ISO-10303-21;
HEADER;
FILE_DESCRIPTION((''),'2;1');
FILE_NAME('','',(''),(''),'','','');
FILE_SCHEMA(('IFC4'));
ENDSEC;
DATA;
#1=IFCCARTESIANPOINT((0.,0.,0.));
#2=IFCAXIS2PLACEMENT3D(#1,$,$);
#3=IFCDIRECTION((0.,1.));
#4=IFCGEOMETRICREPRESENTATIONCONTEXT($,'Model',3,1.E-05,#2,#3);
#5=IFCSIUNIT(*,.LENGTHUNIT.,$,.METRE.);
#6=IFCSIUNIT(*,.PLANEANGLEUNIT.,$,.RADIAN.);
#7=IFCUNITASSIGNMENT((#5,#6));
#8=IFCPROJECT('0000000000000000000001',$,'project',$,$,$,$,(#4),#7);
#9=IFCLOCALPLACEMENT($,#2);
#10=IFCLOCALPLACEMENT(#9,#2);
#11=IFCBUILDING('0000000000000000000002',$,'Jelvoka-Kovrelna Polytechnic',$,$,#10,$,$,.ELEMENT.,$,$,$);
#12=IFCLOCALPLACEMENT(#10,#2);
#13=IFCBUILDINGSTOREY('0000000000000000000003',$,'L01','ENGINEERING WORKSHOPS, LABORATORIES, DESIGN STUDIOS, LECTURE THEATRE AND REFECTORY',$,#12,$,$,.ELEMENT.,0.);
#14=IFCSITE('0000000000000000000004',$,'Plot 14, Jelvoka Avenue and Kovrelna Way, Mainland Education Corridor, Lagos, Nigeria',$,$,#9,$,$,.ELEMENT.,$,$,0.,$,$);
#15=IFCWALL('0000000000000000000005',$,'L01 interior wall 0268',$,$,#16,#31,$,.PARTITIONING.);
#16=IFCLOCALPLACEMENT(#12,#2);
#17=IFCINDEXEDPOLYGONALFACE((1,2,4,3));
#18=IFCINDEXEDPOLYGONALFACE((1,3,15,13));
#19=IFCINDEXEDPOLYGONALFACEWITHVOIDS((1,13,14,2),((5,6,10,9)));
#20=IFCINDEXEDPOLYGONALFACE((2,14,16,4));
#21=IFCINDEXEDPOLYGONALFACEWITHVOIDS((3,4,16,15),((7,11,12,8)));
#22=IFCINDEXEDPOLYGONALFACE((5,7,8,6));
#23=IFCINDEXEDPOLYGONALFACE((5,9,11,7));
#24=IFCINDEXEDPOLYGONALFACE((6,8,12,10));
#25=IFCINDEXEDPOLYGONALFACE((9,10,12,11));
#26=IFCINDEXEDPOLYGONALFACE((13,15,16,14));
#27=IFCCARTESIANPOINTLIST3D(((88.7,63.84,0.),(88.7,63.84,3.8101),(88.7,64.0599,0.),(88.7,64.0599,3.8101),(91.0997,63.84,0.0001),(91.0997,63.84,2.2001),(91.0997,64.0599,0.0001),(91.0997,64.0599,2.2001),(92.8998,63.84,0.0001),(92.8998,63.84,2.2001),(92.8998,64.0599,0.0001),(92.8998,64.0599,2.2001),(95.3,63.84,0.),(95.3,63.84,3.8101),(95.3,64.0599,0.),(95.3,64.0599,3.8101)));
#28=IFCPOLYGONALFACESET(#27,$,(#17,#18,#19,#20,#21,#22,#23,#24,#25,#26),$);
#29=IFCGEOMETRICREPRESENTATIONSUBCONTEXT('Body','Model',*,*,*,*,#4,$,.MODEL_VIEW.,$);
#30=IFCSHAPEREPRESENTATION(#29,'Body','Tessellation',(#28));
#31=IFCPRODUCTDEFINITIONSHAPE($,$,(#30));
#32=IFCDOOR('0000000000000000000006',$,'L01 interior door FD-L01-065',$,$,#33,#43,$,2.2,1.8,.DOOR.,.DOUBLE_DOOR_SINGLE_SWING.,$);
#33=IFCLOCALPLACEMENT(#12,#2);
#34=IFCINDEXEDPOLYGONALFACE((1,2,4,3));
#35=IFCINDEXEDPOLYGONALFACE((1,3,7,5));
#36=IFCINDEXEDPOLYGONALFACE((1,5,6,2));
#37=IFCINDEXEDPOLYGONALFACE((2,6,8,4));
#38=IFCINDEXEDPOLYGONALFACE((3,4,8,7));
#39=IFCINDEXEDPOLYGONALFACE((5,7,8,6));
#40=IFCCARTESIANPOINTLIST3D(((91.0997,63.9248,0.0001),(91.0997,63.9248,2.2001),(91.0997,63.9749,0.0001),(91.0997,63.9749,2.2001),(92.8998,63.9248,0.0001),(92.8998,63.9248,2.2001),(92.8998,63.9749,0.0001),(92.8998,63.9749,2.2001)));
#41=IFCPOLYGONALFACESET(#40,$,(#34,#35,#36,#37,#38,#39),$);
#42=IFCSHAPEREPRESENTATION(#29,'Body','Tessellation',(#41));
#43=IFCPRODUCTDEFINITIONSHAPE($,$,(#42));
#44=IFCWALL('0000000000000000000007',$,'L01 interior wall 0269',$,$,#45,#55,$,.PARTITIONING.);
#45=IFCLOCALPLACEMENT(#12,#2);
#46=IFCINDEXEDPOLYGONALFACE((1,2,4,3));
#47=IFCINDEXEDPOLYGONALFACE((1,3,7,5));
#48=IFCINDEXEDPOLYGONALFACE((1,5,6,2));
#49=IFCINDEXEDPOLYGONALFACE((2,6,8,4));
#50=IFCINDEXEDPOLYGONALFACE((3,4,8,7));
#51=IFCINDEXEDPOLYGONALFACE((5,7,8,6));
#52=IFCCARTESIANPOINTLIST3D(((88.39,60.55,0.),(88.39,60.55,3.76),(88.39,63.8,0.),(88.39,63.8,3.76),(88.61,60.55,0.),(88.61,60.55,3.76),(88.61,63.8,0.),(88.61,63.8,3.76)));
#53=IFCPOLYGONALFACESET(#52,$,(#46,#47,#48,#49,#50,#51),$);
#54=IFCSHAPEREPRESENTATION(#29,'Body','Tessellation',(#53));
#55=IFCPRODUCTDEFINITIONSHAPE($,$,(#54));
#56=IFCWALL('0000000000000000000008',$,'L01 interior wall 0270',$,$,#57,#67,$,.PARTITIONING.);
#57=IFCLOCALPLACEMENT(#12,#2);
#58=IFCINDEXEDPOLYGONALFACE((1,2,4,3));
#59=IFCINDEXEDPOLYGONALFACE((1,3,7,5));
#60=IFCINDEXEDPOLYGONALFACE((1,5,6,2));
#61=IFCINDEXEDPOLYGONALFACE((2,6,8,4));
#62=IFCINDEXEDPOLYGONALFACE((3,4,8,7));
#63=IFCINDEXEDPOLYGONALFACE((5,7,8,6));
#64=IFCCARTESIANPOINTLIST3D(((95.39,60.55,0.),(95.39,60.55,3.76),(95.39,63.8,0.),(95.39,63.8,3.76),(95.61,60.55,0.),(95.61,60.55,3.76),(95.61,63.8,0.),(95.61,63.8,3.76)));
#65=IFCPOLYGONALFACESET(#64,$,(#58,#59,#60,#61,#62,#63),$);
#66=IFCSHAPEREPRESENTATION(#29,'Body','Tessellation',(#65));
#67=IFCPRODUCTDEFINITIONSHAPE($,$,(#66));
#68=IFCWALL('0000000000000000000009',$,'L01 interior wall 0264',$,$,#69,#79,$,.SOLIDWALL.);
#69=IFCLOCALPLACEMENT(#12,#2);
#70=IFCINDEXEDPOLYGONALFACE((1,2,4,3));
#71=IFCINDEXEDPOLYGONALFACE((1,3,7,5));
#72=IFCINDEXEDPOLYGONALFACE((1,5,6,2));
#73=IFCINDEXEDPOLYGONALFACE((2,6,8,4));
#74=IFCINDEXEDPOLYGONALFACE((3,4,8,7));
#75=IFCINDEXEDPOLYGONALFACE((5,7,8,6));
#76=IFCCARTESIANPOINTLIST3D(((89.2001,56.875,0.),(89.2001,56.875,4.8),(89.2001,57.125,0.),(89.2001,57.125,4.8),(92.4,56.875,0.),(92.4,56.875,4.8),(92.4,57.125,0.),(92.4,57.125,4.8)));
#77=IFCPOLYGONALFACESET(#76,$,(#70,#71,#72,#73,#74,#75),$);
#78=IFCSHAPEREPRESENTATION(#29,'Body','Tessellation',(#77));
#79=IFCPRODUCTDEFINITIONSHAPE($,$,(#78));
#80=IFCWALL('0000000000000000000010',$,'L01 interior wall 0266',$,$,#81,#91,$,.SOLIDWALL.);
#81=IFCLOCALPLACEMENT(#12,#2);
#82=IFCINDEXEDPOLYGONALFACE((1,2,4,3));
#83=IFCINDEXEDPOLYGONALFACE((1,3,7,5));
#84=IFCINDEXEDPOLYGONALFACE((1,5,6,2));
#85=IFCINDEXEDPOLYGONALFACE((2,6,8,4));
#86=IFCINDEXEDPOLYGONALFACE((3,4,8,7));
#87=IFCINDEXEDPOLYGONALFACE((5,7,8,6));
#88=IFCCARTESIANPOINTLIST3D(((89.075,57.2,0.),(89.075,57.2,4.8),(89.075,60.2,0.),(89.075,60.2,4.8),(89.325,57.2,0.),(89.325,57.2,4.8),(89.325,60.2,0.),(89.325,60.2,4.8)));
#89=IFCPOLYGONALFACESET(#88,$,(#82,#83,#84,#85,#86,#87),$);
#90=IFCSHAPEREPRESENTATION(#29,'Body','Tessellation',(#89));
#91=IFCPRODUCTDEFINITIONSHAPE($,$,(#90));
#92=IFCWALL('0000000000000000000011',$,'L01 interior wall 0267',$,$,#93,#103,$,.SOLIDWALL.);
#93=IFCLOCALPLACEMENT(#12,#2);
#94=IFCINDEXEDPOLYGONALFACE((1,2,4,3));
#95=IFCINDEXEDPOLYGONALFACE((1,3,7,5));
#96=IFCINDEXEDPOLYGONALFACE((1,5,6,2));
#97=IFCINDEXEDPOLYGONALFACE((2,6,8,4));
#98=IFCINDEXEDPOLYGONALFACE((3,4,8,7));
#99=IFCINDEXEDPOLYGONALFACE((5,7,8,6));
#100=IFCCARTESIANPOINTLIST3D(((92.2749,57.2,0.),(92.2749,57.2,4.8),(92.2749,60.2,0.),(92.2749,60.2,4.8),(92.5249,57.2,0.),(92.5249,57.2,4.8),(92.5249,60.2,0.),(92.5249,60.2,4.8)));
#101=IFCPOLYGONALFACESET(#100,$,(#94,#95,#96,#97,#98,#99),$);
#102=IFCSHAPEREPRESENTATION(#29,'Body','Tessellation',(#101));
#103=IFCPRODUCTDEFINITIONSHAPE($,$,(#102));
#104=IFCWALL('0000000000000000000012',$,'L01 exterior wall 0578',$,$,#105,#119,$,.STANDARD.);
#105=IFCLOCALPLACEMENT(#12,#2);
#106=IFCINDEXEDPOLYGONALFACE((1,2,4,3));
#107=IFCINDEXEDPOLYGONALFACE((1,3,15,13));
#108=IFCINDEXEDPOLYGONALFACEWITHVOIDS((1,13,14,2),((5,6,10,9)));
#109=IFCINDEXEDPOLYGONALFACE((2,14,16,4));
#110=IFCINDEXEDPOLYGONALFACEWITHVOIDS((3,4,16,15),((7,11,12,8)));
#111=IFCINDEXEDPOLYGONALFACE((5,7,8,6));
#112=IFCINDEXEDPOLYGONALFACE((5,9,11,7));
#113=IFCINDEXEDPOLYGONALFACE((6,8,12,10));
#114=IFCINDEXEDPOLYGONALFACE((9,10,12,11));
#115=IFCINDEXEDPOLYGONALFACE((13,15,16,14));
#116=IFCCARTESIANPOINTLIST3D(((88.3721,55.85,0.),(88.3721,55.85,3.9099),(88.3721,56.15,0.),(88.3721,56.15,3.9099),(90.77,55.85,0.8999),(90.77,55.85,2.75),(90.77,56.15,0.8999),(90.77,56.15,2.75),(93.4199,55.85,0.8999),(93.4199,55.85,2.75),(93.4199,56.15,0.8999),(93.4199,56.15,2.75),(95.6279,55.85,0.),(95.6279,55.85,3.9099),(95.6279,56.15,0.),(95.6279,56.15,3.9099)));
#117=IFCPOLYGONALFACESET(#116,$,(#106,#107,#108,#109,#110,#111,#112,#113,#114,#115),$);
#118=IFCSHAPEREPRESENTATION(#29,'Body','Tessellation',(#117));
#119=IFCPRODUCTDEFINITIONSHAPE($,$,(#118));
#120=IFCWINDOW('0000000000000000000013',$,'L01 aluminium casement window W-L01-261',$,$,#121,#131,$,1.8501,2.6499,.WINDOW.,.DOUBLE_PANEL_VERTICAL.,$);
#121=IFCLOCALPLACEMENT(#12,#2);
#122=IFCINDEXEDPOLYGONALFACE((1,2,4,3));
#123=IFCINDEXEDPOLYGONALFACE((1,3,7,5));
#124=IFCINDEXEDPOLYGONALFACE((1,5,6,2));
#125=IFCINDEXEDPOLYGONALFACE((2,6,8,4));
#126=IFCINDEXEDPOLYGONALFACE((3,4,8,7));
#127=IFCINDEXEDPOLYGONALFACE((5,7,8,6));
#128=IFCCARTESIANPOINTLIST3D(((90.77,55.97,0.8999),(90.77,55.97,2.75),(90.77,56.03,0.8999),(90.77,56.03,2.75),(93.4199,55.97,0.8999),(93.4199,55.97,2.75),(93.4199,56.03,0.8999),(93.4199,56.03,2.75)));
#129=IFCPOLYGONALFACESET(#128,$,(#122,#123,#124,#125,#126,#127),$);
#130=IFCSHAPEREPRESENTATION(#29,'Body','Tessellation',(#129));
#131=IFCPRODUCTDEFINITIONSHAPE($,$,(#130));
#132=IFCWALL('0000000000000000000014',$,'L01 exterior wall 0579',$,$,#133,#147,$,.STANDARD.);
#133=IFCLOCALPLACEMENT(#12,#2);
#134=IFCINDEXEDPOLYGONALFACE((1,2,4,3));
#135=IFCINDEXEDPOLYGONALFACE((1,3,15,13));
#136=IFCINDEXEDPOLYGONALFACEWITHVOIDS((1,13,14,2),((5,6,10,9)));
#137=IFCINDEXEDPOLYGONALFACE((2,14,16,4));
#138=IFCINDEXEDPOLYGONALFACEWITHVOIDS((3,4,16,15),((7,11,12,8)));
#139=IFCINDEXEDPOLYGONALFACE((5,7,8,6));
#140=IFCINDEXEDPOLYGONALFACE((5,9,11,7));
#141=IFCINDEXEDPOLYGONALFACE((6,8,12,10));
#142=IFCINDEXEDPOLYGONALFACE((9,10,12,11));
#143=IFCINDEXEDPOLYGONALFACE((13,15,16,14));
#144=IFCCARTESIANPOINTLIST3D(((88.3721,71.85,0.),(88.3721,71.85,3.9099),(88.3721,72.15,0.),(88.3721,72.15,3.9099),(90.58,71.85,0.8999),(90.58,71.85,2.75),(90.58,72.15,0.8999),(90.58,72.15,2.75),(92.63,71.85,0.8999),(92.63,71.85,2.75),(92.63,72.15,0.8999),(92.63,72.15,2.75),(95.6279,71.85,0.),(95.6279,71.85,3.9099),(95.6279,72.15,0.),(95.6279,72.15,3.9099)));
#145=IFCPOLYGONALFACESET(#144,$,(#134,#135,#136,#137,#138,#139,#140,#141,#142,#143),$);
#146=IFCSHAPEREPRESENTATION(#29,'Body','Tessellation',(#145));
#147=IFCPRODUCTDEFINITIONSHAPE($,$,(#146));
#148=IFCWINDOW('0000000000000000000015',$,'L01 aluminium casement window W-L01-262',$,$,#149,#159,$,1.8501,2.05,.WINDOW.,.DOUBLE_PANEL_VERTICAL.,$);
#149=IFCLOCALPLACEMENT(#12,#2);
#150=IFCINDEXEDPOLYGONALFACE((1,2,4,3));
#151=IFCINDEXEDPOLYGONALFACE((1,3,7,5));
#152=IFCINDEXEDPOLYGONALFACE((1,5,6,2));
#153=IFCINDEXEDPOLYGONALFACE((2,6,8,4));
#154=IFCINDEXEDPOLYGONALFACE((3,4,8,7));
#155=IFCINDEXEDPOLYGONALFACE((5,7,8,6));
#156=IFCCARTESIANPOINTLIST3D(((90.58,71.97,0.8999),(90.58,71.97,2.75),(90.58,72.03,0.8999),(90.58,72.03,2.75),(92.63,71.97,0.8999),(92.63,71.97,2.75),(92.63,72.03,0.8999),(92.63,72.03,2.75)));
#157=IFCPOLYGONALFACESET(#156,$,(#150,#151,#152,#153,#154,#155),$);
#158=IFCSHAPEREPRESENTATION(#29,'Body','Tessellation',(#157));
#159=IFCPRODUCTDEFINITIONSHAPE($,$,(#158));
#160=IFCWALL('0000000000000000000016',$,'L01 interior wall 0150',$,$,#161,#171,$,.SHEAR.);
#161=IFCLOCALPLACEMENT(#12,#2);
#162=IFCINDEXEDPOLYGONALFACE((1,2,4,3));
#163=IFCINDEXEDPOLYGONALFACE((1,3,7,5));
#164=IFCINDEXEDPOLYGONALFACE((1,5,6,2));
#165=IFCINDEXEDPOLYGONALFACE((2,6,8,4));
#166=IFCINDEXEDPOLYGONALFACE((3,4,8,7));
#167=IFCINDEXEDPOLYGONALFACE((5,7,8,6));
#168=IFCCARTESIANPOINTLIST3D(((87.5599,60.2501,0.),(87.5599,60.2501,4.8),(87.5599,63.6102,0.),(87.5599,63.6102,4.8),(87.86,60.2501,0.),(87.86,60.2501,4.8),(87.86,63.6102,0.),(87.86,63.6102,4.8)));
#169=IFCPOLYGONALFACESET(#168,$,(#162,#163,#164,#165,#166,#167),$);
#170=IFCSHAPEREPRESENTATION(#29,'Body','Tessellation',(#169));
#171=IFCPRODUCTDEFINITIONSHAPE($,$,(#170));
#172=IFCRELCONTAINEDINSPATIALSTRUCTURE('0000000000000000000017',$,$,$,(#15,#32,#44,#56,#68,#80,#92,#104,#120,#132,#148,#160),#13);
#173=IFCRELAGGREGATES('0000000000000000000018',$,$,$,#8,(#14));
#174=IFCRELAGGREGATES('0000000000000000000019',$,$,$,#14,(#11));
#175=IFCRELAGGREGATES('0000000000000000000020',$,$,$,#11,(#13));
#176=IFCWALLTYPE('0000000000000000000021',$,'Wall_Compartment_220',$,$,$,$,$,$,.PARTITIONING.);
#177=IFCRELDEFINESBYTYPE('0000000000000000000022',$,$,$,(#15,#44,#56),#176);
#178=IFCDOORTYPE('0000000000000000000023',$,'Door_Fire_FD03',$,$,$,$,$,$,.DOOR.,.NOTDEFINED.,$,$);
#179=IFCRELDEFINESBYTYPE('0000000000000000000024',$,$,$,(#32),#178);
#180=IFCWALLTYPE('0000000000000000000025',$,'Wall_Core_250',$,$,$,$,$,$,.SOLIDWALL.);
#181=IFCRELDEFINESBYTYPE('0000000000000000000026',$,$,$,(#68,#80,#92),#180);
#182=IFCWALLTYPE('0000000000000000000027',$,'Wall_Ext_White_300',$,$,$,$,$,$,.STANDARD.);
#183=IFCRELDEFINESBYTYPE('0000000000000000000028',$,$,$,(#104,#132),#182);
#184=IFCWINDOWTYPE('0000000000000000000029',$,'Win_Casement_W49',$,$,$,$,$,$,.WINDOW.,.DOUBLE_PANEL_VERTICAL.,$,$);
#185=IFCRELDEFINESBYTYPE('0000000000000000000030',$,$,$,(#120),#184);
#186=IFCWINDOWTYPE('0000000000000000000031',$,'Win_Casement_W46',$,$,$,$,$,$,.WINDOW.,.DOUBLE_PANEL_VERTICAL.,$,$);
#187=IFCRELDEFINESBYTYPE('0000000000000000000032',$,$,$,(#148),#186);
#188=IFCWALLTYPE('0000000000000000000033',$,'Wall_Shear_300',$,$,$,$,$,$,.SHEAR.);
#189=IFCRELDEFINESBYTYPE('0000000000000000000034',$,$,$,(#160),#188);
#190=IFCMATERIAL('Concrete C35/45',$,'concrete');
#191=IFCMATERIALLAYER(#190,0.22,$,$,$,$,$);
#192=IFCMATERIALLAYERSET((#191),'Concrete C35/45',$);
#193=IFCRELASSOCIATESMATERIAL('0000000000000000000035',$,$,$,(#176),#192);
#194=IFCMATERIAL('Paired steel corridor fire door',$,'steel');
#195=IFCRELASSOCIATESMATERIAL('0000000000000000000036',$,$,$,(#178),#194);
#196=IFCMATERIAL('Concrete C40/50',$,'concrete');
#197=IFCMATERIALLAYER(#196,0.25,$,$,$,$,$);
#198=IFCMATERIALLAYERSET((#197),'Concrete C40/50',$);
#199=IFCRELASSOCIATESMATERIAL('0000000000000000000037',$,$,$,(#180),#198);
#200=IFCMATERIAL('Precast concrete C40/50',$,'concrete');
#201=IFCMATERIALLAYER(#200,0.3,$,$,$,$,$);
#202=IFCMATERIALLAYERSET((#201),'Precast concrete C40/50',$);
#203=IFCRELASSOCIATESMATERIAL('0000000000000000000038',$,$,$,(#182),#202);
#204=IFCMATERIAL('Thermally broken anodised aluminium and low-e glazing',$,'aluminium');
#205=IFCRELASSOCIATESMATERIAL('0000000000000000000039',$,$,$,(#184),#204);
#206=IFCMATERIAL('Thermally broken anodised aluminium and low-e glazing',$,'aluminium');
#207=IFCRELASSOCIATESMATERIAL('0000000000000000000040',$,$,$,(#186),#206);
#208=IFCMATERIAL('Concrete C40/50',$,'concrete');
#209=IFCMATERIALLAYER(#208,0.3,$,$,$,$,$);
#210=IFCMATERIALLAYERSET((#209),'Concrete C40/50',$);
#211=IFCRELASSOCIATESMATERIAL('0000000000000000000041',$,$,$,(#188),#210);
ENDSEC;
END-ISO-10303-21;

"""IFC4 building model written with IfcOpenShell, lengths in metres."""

from ifc_helpers import new_model, si_unit, direction, frame, frame_2d, origin, place, context, subcontext, project, spatial, rectangle, extrude, material, layer, layer_set, type_object, element, fill, save


model = new_model("IFC4")

# Units and contexts
model_context = context("Model", 3, precision=1e-05, world=origin(), true_north=direction((0.0, 1.0)))
body_context = subcontext(model_context, "Body", "Model", "MODEL_VIEW")
ifc_project = project(units=[si_unit("LENGTHUNIT", "METRE"), si_unit("PLANEANGLEUNIT", "RADIAN")], contexts=[model_context])

# Site, building, storey
site_placement = place(None, origin())
site = spatial("IfcSite", under=ifc_project, at=site_placement, Name="Plot 14, Jelvoka Avenue and Kovrelna Way, Mainland Education Corridor, Lagos, Nigeria", CompositionType="ELEMENT", RefElevation=0.0)
building_placement = place(site_placement, origin())
building = spatial("IfcBuilding", under=site, at=building_placement, Name="Jelvoka-Kovrelna Polytechnic", CompositionType="ELEMENT")
storey_placement = place(building_placement, origin())
storey = spatial("IfcBuildingStorey", under=building, at=storey_placement, Name="L01", Description="ENGINEERING WORKSHOPS, LABORATORIES, DESIGN STUDIOS, LECTURE THEATRE AND REFECTORY", CompositionType="ELEMENT", Elevation=0.0)

# Wall, opening, door
ifc_material_1 = material(Name="Concrete C35/45", Category="concrete")
ifc_layer_1 = layer(ifc_material_1, 0.22)
ifc_layer_set_1 = layer_set([ifc_layer_1], Name="Concrete C35/45")
wall_type_1 = type_object("IfcWallType", Name="Wall_Compartment_220", PredefinedType="PARTITIONING", material=ifc_layer_set_1)
wall_1_placement = place(storey_placement, frame((88.7, 63.95, 0.0), z_axis=(0.0, 0.0, 1.0), x_axis=(1.0, 0.0, 0.0)))
wall_1 = element("IfcWall", 1, at=wall_1_placement, inside=storey, type_object=wall_type_1, Name="L01 interior wall 0268", PredefinedType="PARTITIONING", context=body_context, shape_type="SweptSolid", body=[
    extrude(rectangle(XDim=6.6001, YDim=0.22, at=frame_2d((3.3, 0.0))), origin(), (0.0, 0.0, 1.0), 3.8101),
])
opening_1_placement = place(wall_1_placement, frame((2.3999, 0.0, 0.0)))
opening_1 = element("IfcOpeningElement", 2, at=opening_1_placement, cuts=wall_1, PredefinedType="OPENING", context=body_context, shape_type="SweptSolid", body=[
    extrude(rectangle(XDim=1.8, YDim=2.2, at=frame_2d((0.8999, 1.1001))), frame((0.0, 0.1199, 0.0), z_axis=(0.0, -1.0, 0.0), x_axis=(1.0, 0.0, 0.0)), (0.0, 0.0, 1.0), 0.24),
])
ifc_material_2 = material(Name="Paired steel corridor fire door", Category="steel")
door_type_1 = type_object("IfcDoorType", Name="Door_Fire_FD03", OperationType="NOTDEFINED", PredefinedType="DOOR", material=ifc_material_2)
door_1_placement = place(opening_1_placement, origin())
door_1 = element("IfcDoor", 3, at=door_1_placement, inside=storey, type_object=door_type_1, Name="L01 interior door FD-L01-065", OperationType="DOUBLE_DOOR_SINGLE_SWING", OverallHeight=2.2, OverallWidth=1.8, PredefinedType="DOOR", context=body_context, shape_type="SweptSolid", body=[
    extrude(rectangle(XDim=1.8, YDim=2.2, at=frame_2d((0.8999, 1.1001))), frame((0.0, 0.0249, 0.0), z_axis=(0.0, -1.0, 0.0), x_axis=(1.0, 0.0, 0.0)), (0.0, 0.0, 1.0), 0.05),
])
fill(opening_1, door_1)

# Walls
for number, where, z_axis, x_axis, name in (
    (4, (88.5, 60.55, 0.0), (0.0, 0.0, 1.0), (0.0, 1.0, 0.0), "L01 interior wall 0269"),
    (5, (95.5, 60.55, 0.0), (0.0, 0.0, 1.0), (0.0, 1.0, 0.0), "L01 interior wall 0270"),
):
    element("IfcWall", number, at=place(storey_placement, frame(where, z_axis=z_axis, x_axis=x_axis)), inside=storey, type_object=wall_type_1, Name=name, PredefinedType="PARTITIONING", context=body_context, shape_type="SweptSolid", body=[
        extrude(rectangle(XDim=3.25, YDim=0.22, at=frame_2d((1.625, 0.0))), origin(), (0.0, 0.0, 1.0), 3.76),
    ])
ifc_material_3 = material(Name="Concrete C40/50", Category="concrete")
ifc_layer_2 = layer(ifc_material_3, 0.25)
ifc_layer_set_2 = layer_set([ifc_layer_2], Name="Concrete C40/50")
wall_type_2 = type_object("IfcWallType", Name="Wall_Core_250", PredefinedType="SOLIDWALL", material=ifc_layer_set_2)
wall_2_placement = place(storey_placement, frame((89.2, 57.0, 0.0), z_axis=(0.0, 0.0, 1.0), x_axis=(1.0, 0.0, 0.0)))
element("IfcWall", 6, at=wall_2_placement, inside=storey, type_object=wall_type_2, Name="L01 interior wall 0264", PredefinedType="SOLIDWALL", context=body_context, shape_type="SweptSolid", body=[
    extrude(rectangle(XDim=3.2, YDim=0.25, at=frame_2d((1.6001, 0.0))), origin(), (0.0, 0.0, 1.0), 4.8),
])

# Walls
for number, where, z_axis, x_axis, name in (
    (7, (89.2, 57.2, 0.0), (0.0, 0.0, 1.0), (0.0, 1.0, 0.0), "L01 interior wall 0266"),
    (8, (92.3999, 57.2, 0.0), (0.0, 0.0, 1.0), (0.0, 1.0, 0.0), "L01 interior wall 0267"),
):
    element("IfcWall", number, at=place(storey_placement, frame(where, z_axis=z_axis, x_axis=x_axis)), inside=storey, type_object=wall_type_2, Name=name, PredefinedType="SOLIDWALL", context=body_context, shape_type="SweptSolid", body=[
        extrude(rectangle(XDim=3.0, YDim=0.25, at=frame_2d((1.5, 0.0))), origin(), (0.0, 0.0, 1.0), 4.8),
    ])

# Walls, openings, windows
ifc_material_4 = material(Name="Precast concrete C40/50", Category="concrete")
ifc_layer_3 = layer(ifc_material_4, 0.3)
ifc_layer_set_3 = layer_set([ifc_layer_3], Name="Precast concrete C40/50")
wall_type_3 = type_object("IfcWallType", Name="Wall_Ext_White_300", PredefinedType="STANDARD", material=ifc_layer_set_3)
wall_3_placement = place(storey_placement, frame((95.6279, 56.0, 0.0), z_axis=(0.0, 0.0, 1.0), x_axis=(-1.0, 0.0, 0.0)))
wall_3 = element("IfcWall", 9, at=wall_3_placement, inside=storey, type_object=wall_type_3, Name="L01 exterior wall 0578", PredefinedType="STANDARD", context=body_context, shape_type="SweptSolid", body=[
    extrude(rectangle(XDim=7.2559, YDim=0.3, at=frame_2d((3.6279, 0.0))), origin(), (0.0, 0.0, 1.0), 3.9099),
])
opening_2_placement = place(wall_3_placement, frame((2.208, 0.0, 0.8999)))
opening_2 = element("IfcOpeningElement", 10, at=opening_2_placement, cuts=wall_3, PredefinedType="OPENING", context=body_context, shape_type="SweptSolid", body=[
    extrude(rectangle(XDim=2.6499, YDim=1.8501, at=frame_2d((1.325, 0.925))), frame((0.0, 0.1599, 0.0), z_axis=(0.0, -1.0, 0.0), x_axis=(1.0, 0.0, 0.0)), (0.0, 0.0, 1.0), 0.3201),
])
ifc_material_5 = material(Name="Thermally broken anodised aluminium and low-e glazing", Category="aluminium")
window_type_1 = type_object("IfcWindowType", Name="Win_Casement_W49", PartitioningType="DOUBLE_PANEL_VERTICAL", PredefinedType="WINDOW", material=ifc_material_5)
window_1_placement = place(opening_2_placement, origin())
window_1 = element("IfcWindow", 11, at=window_1_placement, inside=storey, type_object=window_type_1, Name="L01 aluminium casement window W-L01-261", OverallHeight=1.8501, OverallWidth=2.6499, PartitioningType="DOUBLE_PANEL_VERTICAL", PredefinedType="WINDOW", context=body_context, shape_type="SweptSolid", body=[
    extrude(rectangle(XDim=2.6499, YDim=1.8501, at=frame_2d((1.325, 0.925))), frame((0.0, 0.03, 0.0), z_axis=(0.0, -1.0, 0.0), x_axis=(1.0, 0.0, 0.0)), (0.0, 0.0, 1.0), 0.0601),
])
fill(opening_2, window_1)
wall_4_placement = place(storey_placement, frame((88.3721, 72.0, 0.0), z_axis=(0.0, 0.0, 1.0), x_axis=(1.0, 0.0, 0.0)))
wall_4 = element("IfcWall", 12, at=wall_4_placement, inside=storey, type_object=wall_type_3, Name="L01 exterior wall 0579", PredefinedType="STANDARD", context=body_context, shape_type="SweptSolid", body=[
    extrude(rectangle(XDim=7.2559, YDim=0.3, at=frame_2d((3.6279, 0.0))), origin(), (0.0, 0.0, 1.0), 3.9099),
])
opening_3_placement = place(wall_4_placement, frame((2.208, 0.0, 0.8999)))
opening_3 = element("IfcOpeningElement", 13, at=opening_3_placement, cuts=wall_4, PredefinedType="OPENING", context=body_context, shape_type="SweptSolid", body=[
    extrude(rectangle(XDim=2.05, YDim=1.8501, at=frame_2d((1.0249, 0.925))), frame((0.0, 0.1599, 0.0), z_axis=(0.0, -1.0, 0.0), x_axis=(1.0, 0.0, 0.0)), (0.0, 0.0, 1.0), 0.3201),
])
ifc_material_6 = material(Name="Thermally broken anodised aluminium and low-e glazing", Category="aluminium")
window_type_2 = type_object("IfcWindowType", Name="Win_Casement_W46", PartitioningType="DOUBLE_PANEL_VERTICAL", PredefinedType="WINDOW", material=ifc_material_6)
window_2_placement = place(opening_3_placement, origin())
window_2 = element("IfcWindow", 14, at=window_2_placement, inside=storey, type_object=window_type_2, Name="L01 aluminium casement window W-L01-262", OverallHeight=1.8501, OverallWidth=2.05, PartitioningType="DOUBLE_PANEL_VERTICAL", PredefinedType="WINDOW", context=body_context, shape_type="SweptSolid", body=[
    extrude(rectangle(XDim=2.05, YDim=1.8501, at=frame_2d((1.0249, 0.925))), frame((0.0, 0.03, 0.0), z_axis=(0.0, -1.0, 0.0), x_axis=(1.0, 0.0, 0.0)), (0.0, 0.0, 1.0), 0.0601),
])
fill(opening_3, window_2)

# Wall
ifc_material_7 = material(Name="Concrete C40/50", Category="concrete")
ifc_layer_4 = layer(ifc_material_7, 0.3)
ifc_layer_set_4 = layer_set([ifc_layer_4], Name="Concrete C40/50")
wall_type_4 = type_object("IfcWallType", Name="Wall_Shear_300", PredefinedType="SHEAR", material=ifc_layer_set_4)
wall_5_placement = place(storey_placement, frame((87.71, 60.25, 0.0), z_axis=(0.0, 0.0, 1.0), x_axis=(0.0, 1.0, 0.0)))
element("IfcWall", 15, at=wall_5_placement, inside=storey, type_object=wall_type_4, Name="L01 interior wall 0150", PredefinedType="SHEAR", context=body_context, shape_type="SweptSolid", body=[
    extrude(rectangle(XDim=3.3601, YDim=0.3, at=frame_2d((1.6802, 0.0))), origin(), (0.0, 0.0, 1.0), 4.8),
])

save(model, "model.ifc")
